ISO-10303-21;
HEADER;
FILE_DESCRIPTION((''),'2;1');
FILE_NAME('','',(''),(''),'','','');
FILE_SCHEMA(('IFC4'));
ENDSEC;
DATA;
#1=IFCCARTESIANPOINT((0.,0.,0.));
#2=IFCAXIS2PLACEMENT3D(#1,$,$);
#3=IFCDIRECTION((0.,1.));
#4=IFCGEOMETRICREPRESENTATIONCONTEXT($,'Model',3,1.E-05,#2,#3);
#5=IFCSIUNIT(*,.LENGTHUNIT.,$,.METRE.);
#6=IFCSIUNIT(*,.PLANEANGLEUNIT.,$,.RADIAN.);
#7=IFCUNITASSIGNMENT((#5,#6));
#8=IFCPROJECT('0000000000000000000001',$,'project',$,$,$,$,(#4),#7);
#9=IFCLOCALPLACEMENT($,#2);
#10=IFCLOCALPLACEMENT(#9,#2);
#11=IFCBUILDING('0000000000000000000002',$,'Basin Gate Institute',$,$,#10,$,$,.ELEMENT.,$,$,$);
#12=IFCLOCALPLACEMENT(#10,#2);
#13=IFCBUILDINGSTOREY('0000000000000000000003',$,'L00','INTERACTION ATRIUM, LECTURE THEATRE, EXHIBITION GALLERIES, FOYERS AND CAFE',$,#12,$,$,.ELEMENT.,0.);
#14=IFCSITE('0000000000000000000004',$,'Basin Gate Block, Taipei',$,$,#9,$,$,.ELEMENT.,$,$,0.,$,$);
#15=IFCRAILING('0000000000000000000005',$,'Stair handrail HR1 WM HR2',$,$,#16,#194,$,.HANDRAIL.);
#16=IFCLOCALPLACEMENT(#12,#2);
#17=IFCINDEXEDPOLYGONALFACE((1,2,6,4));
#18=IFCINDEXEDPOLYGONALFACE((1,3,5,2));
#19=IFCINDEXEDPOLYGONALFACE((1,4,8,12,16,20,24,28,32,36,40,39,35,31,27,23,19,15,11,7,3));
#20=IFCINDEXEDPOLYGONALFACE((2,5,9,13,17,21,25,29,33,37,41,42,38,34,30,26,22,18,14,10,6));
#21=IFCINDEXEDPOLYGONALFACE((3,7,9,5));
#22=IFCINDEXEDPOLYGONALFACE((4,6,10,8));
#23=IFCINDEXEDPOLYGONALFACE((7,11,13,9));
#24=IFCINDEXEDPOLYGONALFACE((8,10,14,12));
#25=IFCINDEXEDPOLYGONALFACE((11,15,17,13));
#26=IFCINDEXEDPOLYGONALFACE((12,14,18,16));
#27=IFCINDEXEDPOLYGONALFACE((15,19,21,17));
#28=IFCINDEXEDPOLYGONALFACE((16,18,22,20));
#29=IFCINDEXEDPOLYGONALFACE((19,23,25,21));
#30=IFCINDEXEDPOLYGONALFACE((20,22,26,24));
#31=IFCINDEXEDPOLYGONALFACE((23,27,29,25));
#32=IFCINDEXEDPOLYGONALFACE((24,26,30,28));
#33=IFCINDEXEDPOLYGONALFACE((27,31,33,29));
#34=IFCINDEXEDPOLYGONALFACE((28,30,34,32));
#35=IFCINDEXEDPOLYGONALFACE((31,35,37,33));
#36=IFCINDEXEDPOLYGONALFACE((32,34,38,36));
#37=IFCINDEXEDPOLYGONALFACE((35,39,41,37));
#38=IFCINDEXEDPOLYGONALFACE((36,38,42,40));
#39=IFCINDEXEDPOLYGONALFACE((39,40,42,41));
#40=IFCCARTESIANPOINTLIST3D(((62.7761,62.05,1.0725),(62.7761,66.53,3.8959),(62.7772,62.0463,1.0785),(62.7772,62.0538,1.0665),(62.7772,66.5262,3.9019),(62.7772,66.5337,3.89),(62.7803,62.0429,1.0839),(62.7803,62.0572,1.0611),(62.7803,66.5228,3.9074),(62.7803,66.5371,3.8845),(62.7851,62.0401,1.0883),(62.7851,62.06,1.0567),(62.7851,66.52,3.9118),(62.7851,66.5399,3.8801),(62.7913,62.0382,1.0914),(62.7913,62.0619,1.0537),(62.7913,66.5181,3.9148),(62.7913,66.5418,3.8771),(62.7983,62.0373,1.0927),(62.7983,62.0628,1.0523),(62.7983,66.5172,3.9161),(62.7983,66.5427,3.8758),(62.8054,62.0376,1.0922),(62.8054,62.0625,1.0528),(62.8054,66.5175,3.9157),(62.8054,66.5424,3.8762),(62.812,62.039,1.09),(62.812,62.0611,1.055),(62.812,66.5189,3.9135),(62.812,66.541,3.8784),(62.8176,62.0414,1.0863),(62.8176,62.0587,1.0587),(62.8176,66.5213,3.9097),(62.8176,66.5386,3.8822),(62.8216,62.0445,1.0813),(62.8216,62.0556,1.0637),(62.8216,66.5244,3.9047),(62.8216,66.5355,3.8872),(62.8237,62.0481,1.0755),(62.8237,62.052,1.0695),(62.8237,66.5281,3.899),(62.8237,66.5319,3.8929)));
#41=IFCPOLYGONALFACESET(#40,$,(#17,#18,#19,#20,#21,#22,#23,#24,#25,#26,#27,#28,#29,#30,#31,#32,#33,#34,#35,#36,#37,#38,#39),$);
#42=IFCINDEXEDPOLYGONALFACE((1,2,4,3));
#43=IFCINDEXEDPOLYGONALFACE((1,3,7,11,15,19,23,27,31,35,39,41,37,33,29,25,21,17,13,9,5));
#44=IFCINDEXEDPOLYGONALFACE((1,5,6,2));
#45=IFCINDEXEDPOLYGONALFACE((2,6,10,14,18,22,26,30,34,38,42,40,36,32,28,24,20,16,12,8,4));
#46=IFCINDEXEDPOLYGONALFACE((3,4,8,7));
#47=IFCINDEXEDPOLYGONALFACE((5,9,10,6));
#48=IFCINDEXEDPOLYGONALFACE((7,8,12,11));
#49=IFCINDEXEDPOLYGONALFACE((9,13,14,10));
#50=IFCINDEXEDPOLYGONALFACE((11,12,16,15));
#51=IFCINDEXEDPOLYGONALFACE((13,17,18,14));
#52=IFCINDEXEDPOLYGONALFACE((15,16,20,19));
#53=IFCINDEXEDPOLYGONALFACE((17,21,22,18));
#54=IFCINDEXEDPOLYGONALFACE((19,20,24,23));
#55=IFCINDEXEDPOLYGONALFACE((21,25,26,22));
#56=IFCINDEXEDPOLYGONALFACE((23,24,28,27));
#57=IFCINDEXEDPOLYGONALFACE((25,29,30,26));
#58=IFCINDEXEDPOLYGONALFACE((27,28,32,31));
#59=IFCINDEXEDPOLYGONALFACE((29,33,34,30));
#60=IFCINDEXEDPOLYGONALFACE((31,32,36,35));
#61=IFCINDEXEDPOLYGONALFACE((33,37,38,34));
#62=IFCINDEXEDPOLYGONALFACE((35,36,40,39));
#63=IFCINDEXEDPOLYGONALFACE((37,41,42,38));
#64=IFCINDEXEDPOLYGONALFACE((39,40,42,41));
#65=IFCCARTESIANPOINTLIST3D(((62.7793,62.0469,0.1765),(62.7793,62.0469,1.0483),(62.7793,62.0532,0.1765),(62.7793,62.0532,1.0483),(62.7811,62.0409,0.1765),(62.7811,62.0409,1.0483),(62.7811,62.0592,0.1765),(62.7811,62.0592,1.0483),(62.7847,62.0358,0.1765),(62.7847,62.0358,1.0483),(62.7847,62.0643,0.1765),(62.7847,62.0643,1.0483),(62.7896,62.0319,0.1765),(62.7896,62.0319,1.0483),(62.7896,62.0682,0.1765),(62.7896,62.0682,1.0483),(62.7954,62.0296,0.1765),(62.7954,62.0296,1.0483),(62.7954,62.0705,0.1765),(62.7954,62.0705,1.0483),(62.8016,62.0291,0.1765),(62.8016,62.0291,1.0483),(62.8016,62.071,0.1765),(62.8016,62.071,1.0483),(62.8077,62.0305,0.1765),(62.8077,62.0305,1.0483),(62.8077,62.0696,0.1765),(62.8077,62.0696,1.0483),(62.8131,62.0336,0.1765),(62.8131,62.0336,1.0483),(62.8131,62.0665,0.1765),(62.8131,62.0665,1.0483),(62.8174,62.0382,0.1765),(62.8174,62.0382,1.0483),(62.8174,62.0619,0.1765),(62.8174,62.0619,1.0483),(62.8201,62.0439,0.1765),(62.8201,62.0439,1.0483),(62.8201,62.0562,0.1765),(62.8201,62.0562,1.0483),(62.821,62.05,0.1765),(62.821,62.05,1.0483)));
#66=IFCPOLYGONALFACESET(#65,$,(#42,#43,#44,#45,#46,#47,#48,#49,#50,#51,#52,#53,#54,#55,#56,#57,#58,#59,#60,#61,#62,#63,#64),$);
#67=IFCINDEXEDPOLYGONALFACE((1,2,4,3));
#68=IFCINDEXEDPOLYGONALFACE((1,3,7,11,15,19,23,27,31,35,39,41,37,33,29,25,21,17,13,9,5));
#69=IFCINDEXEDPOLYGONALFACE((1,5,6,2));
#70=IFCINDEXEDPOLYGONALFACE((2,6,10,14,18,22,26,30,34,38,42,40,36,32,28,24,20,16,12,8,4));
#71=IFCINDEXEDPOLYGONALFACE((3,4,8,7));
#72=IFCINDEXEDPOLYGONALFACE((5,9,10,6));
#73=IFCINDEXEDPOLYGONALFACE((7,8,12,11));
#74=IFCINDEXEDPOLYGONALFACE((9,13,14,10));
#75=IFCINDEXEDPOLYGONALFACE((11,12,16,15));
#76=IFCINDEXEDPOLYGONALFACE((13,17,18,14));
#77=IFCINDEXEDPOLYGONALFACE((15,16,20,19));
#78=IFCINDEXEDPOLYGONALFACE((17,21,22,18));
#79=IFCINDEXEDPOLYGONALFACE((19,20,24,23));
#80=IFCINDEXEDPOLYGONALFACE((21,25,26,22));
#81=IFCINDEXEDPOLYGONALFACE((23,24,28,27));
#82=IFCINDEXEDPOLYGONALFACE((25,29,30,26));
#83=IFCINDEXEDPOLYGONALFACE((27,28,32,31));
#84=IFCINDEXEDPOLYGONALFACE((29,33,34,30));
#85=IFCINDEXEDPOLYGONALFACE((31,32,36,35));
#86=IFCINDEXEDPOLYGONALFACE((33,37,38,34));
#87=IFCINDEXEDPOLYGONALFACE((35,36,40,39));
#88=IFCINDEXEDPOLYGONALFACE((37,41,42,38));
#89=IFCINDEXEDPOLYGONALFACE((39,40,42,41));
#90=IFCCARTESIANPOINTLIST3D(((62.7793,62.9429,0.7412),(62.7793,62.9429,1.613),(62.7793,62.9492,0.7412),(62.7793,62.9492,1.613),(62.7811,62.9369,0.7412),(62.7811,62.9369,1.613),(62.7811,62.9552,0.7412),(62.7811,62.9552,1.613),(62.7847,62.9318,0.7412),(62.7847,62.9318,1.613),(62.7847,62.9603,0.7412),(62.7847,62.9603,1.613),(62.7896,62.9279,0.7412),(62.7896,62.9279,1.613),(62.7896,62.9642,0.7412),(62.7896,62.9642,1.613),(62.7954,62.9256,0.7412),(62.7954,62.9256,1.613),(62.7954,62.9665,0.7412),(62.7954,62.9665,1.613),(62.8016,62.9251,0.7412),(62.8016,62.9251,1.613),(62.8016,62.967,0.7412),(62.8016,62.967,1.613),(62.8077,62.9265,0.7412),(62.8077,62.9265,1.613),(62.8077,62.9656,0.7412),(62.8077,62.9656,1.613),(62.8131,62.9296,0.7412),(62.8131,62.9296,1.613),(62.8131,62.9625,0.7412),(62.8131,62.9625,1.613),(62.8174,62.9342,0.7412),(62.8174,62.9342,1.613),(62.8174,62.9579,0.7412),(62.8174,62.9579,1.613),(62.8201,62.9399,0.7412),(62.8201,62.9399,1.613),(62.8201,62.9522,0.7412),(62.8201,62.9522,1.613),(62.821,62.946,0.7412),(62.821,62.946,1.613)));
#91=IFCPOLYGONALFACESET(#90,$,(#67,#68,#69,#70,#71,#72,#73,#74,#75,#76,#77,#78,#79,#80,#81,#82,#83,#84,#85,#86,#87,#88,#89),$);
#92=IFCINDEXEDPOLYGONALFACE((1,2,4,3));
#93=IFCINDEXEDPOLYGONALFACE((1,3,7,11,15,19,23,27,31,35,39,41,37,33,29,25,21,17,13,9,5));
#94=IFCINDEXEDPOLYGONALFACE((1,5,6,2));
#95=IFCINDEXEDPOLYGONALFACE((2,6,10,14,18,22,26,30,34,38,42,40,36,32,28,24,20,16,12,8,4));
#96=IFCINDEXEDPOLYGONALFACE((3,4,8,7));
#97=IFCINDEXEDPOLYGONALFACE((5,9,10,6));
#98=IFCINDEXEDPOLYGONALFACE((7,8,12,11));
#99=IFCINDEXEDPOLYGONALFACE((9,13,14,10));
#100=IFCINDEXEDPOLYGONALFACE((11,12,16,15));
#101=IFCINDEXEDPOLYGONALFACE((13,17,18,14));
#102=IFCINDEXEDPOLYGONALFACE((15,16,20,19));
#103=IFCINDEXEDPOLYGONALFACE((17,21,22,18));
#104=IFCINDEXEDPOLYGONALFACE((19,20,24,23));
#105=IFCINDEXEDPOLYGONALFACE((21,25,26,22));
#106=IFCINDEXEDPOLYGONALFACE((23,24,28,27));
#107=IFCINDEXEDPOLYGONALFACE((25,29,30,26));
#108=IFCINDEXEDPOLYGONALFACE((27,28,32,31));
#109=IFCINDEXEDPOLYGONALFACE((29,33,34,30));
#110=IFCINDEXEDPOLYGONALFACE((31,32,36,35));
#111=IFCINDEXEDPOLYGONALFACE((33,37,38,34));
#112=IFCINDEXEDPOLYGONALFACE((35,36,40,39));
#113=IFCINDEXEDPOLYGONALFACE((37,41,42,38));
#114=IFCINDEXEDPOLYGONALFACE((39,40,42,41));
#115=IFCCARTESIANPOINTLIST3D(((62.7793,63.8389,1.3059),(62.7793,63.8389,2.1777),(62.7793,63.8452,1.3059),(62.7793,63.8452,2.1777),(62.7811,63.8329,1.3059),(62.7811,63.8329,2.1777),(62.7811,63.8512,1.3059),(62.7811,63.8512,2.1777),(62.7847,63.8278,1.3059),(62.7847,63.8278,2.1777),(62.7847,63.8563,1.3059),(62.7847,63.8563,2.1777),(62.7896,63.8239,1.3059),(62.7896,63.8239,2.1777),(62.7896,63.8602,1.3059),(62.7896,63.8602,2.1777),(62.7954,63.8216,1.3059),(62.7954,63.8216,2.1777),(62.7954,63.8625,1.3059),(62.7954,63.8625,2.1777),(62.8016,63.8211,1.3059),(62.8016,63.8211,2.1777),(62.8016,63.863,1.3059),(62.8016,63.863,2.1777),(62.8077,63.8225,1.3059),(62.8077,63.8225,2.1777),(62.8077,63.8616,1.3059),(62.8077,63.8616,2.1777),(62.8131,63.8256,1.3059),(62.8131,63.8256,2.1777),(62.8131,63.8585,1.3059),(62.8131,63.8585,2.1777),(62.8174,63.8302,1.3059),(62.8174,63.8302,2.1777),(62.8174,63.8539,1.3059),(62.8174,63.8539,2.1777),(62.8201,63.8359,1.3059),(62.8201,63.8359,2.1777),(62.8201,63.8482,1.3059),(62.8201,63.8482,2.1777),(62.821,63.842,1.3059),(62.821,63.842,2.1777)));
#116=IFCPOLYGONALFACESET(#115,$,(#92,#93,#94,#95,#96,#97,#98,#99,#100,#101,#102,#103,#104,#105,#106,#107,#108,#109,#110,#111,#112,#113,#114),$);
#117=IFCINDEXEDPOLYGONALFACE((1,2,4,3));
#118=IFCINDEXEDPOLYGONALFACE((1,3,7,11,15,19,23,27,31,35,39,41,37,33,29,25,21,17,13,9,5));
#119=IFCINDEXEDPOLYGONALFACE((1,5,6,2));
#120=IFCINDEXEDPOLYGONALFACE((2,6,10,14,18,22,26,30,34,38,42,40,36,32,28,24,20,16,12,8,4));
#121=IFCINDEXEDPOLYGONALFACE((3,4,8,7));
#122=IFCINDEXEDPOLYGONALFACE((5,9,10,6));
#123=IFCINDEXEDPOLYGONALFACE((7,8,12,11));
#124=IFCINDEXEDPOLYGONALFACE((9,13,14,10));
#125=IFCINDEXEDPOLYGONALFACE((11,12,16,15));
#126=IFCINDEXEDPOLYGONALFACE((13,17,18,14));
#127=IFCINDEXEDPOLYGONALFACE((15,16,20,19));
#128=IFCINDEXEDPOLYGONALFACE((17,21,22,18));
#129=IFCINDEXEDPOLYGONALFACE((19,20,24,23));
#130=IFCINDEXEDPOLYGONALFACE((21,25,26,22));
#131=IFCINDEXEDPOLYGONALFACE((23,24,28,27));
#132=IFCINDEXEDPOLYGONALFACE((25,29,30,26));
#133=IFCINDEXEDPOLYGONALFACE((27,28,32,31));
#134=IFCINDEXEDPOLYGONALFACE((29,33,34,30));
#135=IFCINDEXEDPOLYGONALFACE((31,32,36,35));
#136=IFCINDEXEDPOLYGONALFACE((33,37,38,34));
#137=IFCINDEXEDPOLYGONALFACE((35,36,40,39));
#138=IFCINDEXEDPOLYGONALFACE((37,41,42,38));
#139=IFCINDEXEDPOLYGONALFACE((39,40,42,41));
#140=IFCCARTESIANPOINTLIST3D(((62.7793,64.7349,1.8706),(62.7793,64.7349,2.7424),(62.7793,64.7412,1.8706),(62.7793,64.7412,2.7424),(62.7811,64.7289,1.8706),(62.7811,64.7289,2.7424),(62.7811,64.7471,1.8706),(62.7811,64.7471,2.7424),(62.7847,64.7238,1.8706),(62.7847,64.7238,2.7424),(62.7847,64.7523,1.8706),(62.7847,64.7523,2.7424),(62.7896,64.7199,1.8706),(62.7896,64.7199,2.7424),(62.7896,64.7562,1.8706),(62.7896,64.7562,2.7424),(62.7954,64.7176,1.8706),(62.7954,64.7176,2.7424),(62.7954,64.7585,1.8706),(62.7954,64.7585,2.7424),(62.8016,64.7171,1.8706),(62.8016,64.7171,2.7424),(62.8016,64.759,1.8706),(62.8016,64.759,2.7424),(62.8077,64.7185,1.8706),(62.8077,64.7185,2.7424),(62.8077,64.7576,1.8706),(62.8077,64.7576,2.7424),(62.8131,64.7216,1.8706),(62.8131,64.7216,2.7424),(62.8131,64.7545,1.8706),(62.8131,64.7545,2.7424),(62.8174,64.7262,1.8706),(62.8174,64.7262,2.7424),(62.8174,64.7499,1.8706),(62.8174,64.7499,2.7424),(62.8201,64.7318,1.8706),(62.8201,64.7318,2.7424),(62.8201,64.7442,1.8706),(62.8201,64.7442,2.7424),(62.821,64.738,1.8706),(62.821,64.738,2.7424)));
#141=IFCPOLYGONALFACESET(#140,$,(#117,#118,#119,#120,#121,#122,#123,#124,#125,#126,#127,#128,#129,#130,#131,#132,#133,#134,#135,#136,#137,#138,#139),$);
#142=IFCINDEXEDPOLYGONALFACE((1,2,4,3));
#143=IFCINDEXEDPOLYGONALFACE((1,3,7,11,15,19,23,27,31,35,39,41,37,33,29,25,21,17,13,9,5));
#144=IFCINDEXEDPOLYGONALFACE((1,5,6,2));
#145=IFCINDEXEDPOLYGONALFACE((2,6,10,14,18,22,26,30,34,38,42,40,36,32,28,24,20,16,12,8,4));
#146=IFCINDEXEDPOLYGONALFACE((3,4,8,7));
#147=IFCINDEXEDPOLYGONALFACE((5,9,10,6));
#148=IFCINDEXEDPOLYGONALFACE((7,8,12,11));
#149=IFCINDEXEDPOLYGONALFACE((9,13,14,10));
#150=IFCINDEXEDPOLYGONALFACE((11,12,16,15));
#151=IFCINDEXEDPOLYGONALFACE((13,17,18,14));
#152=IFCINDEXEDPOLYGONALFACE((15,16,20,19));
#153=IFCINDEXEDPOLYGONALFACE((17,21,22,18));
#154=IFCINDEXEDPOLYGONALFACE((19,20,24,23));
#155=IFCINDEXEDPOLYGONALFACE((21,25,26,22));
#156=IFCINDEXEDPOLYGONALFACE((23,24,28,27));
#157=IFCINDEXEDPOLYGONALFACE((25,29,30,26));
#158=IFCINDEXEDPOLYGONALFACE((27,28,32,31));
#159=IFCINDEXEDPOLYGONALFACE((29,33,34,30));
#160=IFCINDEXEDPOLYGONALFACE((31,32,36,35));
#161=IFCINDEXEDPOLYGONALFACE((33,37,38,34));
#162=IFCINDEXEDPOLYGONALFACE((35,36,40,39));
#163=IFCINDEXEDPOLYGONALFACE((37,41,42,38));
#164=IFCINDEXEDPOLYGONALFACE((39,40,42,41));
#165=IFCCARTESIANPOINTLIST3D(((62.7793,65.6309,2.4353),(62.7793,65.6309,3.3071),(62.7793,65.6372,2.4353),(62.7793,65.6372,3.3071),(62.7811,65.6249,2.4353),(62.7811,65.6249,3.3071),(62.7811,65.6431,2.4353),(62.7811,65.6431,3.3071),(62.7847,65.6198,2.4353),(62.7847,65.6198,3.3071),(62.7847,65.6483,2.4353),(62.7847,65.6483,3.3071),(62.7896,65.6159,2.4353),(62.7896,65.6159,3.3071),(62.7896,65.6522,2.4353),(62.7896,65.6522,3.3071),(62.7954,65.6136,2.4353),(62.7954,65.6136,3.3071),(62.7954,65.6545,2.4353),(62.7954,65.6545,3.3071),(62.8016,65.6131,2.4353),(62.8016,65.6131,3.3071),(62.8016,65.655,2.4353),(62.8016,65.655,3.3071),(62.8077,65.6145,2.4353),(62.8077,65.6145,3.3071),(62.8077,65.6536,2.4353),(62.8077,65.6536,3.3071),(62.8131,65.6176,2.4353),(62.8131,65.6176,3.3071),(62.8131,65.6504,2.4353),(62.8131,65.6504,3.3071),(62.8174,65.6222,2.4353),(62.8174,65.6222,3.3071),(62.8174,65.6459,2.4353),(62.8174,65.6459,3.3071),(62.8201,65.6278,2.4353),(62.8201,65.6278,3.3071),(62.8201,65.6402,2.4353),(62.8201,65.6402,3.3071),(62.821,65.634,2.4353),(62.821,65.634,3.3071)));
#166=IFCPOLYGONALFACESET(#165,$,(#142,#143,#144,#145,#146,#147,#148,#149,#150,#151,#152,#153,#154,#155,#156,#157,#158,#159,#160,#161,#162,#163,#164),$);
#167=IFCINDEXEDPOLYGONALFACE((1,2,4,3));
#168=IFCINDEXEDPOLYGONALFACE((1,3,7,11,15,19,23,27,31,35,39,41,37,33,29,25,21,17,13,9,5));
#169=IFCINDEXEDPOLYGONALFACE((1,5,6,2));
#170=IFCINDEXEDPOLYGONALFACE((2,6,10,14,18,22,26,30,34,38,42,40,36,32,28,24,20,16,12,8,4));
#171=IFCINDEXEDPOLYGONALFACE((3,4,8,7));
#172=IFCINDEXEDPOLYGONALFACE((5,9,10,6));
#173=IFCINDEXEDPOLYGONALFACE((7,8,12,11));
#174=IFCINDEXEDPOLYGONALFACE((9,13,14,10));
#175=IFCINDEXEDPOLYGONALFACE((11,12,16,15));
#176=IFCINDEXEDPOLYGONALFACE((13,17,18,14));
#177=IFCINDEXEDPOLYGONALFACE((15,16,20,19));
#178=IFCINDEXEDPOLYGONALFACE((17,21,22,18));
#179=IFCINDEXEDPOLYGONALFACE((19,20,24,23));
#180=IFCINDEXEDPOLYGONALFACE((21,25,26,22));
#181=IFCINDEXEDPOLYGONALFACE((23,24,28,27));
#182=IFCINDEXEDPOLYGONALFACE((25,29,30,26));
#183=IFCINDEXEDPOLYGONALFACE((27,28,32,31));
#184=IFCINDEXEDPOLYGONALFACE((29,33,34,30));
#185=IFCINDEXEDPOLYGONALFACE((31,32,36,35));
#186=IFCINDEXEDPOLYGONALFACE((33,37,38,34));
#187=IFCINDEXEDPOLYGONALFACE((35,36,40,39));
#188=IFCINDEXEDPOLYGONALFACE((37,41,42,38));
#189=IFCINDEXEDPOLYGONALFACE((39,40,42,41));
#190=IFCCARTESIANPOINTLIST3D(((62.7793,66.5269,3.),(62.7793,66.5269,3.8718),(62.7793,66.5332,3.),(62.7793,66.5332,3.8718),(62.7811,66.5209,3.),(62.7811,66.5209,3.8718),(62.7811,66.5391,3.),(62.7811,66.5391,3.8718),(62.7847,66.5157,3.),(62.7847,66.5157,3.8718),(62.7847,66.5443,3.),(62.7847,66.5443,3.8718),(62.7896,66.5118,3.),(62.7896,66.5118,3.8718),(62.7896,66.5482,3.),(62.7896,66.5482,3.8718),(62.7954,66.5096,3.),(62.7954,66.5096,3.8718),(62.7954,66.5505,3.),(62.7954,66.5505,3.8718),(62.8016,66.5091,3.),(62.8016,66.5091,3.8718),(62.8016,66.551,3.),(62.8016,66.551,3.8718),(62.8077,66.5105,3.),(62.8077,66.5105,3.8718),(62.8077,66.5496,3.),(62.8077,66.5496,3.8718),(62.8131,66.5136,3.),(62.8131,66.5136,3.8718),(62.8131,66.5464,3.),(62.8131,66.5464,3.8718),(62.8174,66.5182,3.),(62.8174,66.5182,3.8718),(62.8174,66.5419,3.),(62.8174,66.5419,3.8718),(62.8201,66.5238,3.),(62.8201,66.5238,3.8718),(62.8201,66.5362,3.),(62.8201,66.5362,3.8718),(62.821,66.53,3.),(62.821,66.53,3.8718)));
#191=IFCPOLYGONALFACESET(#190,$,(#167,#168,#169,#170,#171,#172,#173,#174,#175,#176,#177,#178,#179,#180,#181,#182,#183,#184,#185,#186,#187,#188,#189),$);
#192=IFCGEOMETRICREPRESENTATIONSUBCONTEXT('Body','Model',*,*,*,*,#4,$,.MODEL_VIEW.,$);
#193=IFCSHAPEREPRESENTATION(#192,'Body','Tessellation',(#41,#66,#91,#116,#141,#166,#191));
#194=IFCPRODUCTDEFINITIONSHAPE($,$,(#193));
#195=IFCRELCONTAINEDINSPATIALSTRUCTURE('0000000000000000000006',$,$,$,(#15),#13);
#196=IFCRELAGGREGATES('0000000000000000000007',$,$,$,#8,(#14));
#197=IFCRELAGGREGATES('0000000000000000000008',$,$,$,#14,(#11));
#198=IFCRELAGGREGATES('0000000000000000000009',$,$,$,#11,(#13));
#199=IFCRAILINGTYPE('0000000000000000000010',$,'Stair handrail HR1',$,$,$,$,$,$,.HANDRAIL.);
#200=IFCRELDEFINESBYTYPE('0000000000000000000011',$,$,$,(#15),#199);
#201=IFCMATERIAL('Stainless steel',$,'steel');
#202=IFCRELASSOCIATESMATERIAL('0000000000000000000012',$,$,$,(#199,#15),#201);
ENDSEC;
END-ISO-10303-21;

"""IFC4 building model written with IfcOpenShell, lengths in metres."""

from ifc_helpers import new_model, si_unit, direction, frame, origin, origin_2d, place, context, subcontext, project, spatial, circle, extrude, material, type_object, element, save


model = new_model("IFC4")

# Units and contexts
model_context = context("Model", 3, precision=1e-05, world=origin(), true_north=direction((0.0, 1.0)))
body_context = subcontext(model_context, "Body", "Model", "MODEL_VIEW")
ifc_project = project(units=[si_unit("LENGTHUNIT", "METRE"), si_unit("PLANEANGLEUNIT", "RADIAN")], contexts=[model_context])

# Site, building, storey
site_placement = place(None, origin())
site = spatial("IfcSite", under=ifc_project, at=site_placement, Name="Basin Gate Block, Taipei", CompositionType="ELEMENT", RefElevation=0.0)
building_placement = place(site_placement, origin())
building = spatial("IfcBuilding", under=site, at=building_placement, Name="Basin Gate Institute", CompositionType="ELEMENT")
storey_placement = place(building_placement, origin())
storey = spatial("IfcBuildingStorey", under=building, at=storey_placement, Name="L00", Description="INTERACTION ATRIUM, LECTURE THEATRE, EXHIBITION GALLERIES, FOYERS AND CAFE", CompositionType="ELEMENT", Elevation=0.0)

# Railing
ifc_material_1 = material(Name="Stainless steel", Category="steel")
railing_type_1 = type_object("IfcRailingType", Name="Stair handrail HR1", PredefinedType="HANDRAIL", material=ifc_material_1)
railing_1_placement = place(storey_placement, frame((62.8, 62.05, 0.1765)))
element("IfcRailing", 1, at=railing_1_placement, inside=storey, type_object=railing_type_1, material=ifc_material_1, Name="Stair handrail HR1 WM HR2", PredefinedType="HANDRAIL", context=body_context, shape_type="SweptSolid", body=[
    extrude(circle(Radius=0.0239, at=origin_2d()), frame((0.0, 0.0, 0.896), z_axis=(0.0, 0.845998, 0.533186), x_axis=(-1.0, 0.0, 0.0)), (0.0, 0.0, 1.0), 5.2954),
    extrude(circle(Radius=0.021, at=origin_2d()), origin(), (0.0, 0.0, 1.0), 0.8718),
    extrude(circle(Radius=0.021, at=origin_2d()), frame((0.0, 0.896, 0.5647)), (0.0, 0.0, 1.0), 0.8718),
    extrude(circle(Radius=0.021, at=origin_2d()), frame((0.0, 1.792, 1.1294)), (0.0, 0.0, 1.0), 0.8718),
    extrude(circle(Radius=0.021, at=origin_2d()), frame((0.0, 2.688, 1.6941)), (0.0, 0.0, 1.0), 0.8718),
    extrude(circle(Radius=0.021, at=origin_2d()), frame((0.0, 3.584, 2.2588)), (0.0, 0.0, 1.0), 0.8718),
    extrude(circle(Radius=0.021, at=origin_2d()), frame((0.0, 4.48, 2.8235)), (0.0, 0.0, 1.0), 0.8718),
])

save(model, "model.ifc")
